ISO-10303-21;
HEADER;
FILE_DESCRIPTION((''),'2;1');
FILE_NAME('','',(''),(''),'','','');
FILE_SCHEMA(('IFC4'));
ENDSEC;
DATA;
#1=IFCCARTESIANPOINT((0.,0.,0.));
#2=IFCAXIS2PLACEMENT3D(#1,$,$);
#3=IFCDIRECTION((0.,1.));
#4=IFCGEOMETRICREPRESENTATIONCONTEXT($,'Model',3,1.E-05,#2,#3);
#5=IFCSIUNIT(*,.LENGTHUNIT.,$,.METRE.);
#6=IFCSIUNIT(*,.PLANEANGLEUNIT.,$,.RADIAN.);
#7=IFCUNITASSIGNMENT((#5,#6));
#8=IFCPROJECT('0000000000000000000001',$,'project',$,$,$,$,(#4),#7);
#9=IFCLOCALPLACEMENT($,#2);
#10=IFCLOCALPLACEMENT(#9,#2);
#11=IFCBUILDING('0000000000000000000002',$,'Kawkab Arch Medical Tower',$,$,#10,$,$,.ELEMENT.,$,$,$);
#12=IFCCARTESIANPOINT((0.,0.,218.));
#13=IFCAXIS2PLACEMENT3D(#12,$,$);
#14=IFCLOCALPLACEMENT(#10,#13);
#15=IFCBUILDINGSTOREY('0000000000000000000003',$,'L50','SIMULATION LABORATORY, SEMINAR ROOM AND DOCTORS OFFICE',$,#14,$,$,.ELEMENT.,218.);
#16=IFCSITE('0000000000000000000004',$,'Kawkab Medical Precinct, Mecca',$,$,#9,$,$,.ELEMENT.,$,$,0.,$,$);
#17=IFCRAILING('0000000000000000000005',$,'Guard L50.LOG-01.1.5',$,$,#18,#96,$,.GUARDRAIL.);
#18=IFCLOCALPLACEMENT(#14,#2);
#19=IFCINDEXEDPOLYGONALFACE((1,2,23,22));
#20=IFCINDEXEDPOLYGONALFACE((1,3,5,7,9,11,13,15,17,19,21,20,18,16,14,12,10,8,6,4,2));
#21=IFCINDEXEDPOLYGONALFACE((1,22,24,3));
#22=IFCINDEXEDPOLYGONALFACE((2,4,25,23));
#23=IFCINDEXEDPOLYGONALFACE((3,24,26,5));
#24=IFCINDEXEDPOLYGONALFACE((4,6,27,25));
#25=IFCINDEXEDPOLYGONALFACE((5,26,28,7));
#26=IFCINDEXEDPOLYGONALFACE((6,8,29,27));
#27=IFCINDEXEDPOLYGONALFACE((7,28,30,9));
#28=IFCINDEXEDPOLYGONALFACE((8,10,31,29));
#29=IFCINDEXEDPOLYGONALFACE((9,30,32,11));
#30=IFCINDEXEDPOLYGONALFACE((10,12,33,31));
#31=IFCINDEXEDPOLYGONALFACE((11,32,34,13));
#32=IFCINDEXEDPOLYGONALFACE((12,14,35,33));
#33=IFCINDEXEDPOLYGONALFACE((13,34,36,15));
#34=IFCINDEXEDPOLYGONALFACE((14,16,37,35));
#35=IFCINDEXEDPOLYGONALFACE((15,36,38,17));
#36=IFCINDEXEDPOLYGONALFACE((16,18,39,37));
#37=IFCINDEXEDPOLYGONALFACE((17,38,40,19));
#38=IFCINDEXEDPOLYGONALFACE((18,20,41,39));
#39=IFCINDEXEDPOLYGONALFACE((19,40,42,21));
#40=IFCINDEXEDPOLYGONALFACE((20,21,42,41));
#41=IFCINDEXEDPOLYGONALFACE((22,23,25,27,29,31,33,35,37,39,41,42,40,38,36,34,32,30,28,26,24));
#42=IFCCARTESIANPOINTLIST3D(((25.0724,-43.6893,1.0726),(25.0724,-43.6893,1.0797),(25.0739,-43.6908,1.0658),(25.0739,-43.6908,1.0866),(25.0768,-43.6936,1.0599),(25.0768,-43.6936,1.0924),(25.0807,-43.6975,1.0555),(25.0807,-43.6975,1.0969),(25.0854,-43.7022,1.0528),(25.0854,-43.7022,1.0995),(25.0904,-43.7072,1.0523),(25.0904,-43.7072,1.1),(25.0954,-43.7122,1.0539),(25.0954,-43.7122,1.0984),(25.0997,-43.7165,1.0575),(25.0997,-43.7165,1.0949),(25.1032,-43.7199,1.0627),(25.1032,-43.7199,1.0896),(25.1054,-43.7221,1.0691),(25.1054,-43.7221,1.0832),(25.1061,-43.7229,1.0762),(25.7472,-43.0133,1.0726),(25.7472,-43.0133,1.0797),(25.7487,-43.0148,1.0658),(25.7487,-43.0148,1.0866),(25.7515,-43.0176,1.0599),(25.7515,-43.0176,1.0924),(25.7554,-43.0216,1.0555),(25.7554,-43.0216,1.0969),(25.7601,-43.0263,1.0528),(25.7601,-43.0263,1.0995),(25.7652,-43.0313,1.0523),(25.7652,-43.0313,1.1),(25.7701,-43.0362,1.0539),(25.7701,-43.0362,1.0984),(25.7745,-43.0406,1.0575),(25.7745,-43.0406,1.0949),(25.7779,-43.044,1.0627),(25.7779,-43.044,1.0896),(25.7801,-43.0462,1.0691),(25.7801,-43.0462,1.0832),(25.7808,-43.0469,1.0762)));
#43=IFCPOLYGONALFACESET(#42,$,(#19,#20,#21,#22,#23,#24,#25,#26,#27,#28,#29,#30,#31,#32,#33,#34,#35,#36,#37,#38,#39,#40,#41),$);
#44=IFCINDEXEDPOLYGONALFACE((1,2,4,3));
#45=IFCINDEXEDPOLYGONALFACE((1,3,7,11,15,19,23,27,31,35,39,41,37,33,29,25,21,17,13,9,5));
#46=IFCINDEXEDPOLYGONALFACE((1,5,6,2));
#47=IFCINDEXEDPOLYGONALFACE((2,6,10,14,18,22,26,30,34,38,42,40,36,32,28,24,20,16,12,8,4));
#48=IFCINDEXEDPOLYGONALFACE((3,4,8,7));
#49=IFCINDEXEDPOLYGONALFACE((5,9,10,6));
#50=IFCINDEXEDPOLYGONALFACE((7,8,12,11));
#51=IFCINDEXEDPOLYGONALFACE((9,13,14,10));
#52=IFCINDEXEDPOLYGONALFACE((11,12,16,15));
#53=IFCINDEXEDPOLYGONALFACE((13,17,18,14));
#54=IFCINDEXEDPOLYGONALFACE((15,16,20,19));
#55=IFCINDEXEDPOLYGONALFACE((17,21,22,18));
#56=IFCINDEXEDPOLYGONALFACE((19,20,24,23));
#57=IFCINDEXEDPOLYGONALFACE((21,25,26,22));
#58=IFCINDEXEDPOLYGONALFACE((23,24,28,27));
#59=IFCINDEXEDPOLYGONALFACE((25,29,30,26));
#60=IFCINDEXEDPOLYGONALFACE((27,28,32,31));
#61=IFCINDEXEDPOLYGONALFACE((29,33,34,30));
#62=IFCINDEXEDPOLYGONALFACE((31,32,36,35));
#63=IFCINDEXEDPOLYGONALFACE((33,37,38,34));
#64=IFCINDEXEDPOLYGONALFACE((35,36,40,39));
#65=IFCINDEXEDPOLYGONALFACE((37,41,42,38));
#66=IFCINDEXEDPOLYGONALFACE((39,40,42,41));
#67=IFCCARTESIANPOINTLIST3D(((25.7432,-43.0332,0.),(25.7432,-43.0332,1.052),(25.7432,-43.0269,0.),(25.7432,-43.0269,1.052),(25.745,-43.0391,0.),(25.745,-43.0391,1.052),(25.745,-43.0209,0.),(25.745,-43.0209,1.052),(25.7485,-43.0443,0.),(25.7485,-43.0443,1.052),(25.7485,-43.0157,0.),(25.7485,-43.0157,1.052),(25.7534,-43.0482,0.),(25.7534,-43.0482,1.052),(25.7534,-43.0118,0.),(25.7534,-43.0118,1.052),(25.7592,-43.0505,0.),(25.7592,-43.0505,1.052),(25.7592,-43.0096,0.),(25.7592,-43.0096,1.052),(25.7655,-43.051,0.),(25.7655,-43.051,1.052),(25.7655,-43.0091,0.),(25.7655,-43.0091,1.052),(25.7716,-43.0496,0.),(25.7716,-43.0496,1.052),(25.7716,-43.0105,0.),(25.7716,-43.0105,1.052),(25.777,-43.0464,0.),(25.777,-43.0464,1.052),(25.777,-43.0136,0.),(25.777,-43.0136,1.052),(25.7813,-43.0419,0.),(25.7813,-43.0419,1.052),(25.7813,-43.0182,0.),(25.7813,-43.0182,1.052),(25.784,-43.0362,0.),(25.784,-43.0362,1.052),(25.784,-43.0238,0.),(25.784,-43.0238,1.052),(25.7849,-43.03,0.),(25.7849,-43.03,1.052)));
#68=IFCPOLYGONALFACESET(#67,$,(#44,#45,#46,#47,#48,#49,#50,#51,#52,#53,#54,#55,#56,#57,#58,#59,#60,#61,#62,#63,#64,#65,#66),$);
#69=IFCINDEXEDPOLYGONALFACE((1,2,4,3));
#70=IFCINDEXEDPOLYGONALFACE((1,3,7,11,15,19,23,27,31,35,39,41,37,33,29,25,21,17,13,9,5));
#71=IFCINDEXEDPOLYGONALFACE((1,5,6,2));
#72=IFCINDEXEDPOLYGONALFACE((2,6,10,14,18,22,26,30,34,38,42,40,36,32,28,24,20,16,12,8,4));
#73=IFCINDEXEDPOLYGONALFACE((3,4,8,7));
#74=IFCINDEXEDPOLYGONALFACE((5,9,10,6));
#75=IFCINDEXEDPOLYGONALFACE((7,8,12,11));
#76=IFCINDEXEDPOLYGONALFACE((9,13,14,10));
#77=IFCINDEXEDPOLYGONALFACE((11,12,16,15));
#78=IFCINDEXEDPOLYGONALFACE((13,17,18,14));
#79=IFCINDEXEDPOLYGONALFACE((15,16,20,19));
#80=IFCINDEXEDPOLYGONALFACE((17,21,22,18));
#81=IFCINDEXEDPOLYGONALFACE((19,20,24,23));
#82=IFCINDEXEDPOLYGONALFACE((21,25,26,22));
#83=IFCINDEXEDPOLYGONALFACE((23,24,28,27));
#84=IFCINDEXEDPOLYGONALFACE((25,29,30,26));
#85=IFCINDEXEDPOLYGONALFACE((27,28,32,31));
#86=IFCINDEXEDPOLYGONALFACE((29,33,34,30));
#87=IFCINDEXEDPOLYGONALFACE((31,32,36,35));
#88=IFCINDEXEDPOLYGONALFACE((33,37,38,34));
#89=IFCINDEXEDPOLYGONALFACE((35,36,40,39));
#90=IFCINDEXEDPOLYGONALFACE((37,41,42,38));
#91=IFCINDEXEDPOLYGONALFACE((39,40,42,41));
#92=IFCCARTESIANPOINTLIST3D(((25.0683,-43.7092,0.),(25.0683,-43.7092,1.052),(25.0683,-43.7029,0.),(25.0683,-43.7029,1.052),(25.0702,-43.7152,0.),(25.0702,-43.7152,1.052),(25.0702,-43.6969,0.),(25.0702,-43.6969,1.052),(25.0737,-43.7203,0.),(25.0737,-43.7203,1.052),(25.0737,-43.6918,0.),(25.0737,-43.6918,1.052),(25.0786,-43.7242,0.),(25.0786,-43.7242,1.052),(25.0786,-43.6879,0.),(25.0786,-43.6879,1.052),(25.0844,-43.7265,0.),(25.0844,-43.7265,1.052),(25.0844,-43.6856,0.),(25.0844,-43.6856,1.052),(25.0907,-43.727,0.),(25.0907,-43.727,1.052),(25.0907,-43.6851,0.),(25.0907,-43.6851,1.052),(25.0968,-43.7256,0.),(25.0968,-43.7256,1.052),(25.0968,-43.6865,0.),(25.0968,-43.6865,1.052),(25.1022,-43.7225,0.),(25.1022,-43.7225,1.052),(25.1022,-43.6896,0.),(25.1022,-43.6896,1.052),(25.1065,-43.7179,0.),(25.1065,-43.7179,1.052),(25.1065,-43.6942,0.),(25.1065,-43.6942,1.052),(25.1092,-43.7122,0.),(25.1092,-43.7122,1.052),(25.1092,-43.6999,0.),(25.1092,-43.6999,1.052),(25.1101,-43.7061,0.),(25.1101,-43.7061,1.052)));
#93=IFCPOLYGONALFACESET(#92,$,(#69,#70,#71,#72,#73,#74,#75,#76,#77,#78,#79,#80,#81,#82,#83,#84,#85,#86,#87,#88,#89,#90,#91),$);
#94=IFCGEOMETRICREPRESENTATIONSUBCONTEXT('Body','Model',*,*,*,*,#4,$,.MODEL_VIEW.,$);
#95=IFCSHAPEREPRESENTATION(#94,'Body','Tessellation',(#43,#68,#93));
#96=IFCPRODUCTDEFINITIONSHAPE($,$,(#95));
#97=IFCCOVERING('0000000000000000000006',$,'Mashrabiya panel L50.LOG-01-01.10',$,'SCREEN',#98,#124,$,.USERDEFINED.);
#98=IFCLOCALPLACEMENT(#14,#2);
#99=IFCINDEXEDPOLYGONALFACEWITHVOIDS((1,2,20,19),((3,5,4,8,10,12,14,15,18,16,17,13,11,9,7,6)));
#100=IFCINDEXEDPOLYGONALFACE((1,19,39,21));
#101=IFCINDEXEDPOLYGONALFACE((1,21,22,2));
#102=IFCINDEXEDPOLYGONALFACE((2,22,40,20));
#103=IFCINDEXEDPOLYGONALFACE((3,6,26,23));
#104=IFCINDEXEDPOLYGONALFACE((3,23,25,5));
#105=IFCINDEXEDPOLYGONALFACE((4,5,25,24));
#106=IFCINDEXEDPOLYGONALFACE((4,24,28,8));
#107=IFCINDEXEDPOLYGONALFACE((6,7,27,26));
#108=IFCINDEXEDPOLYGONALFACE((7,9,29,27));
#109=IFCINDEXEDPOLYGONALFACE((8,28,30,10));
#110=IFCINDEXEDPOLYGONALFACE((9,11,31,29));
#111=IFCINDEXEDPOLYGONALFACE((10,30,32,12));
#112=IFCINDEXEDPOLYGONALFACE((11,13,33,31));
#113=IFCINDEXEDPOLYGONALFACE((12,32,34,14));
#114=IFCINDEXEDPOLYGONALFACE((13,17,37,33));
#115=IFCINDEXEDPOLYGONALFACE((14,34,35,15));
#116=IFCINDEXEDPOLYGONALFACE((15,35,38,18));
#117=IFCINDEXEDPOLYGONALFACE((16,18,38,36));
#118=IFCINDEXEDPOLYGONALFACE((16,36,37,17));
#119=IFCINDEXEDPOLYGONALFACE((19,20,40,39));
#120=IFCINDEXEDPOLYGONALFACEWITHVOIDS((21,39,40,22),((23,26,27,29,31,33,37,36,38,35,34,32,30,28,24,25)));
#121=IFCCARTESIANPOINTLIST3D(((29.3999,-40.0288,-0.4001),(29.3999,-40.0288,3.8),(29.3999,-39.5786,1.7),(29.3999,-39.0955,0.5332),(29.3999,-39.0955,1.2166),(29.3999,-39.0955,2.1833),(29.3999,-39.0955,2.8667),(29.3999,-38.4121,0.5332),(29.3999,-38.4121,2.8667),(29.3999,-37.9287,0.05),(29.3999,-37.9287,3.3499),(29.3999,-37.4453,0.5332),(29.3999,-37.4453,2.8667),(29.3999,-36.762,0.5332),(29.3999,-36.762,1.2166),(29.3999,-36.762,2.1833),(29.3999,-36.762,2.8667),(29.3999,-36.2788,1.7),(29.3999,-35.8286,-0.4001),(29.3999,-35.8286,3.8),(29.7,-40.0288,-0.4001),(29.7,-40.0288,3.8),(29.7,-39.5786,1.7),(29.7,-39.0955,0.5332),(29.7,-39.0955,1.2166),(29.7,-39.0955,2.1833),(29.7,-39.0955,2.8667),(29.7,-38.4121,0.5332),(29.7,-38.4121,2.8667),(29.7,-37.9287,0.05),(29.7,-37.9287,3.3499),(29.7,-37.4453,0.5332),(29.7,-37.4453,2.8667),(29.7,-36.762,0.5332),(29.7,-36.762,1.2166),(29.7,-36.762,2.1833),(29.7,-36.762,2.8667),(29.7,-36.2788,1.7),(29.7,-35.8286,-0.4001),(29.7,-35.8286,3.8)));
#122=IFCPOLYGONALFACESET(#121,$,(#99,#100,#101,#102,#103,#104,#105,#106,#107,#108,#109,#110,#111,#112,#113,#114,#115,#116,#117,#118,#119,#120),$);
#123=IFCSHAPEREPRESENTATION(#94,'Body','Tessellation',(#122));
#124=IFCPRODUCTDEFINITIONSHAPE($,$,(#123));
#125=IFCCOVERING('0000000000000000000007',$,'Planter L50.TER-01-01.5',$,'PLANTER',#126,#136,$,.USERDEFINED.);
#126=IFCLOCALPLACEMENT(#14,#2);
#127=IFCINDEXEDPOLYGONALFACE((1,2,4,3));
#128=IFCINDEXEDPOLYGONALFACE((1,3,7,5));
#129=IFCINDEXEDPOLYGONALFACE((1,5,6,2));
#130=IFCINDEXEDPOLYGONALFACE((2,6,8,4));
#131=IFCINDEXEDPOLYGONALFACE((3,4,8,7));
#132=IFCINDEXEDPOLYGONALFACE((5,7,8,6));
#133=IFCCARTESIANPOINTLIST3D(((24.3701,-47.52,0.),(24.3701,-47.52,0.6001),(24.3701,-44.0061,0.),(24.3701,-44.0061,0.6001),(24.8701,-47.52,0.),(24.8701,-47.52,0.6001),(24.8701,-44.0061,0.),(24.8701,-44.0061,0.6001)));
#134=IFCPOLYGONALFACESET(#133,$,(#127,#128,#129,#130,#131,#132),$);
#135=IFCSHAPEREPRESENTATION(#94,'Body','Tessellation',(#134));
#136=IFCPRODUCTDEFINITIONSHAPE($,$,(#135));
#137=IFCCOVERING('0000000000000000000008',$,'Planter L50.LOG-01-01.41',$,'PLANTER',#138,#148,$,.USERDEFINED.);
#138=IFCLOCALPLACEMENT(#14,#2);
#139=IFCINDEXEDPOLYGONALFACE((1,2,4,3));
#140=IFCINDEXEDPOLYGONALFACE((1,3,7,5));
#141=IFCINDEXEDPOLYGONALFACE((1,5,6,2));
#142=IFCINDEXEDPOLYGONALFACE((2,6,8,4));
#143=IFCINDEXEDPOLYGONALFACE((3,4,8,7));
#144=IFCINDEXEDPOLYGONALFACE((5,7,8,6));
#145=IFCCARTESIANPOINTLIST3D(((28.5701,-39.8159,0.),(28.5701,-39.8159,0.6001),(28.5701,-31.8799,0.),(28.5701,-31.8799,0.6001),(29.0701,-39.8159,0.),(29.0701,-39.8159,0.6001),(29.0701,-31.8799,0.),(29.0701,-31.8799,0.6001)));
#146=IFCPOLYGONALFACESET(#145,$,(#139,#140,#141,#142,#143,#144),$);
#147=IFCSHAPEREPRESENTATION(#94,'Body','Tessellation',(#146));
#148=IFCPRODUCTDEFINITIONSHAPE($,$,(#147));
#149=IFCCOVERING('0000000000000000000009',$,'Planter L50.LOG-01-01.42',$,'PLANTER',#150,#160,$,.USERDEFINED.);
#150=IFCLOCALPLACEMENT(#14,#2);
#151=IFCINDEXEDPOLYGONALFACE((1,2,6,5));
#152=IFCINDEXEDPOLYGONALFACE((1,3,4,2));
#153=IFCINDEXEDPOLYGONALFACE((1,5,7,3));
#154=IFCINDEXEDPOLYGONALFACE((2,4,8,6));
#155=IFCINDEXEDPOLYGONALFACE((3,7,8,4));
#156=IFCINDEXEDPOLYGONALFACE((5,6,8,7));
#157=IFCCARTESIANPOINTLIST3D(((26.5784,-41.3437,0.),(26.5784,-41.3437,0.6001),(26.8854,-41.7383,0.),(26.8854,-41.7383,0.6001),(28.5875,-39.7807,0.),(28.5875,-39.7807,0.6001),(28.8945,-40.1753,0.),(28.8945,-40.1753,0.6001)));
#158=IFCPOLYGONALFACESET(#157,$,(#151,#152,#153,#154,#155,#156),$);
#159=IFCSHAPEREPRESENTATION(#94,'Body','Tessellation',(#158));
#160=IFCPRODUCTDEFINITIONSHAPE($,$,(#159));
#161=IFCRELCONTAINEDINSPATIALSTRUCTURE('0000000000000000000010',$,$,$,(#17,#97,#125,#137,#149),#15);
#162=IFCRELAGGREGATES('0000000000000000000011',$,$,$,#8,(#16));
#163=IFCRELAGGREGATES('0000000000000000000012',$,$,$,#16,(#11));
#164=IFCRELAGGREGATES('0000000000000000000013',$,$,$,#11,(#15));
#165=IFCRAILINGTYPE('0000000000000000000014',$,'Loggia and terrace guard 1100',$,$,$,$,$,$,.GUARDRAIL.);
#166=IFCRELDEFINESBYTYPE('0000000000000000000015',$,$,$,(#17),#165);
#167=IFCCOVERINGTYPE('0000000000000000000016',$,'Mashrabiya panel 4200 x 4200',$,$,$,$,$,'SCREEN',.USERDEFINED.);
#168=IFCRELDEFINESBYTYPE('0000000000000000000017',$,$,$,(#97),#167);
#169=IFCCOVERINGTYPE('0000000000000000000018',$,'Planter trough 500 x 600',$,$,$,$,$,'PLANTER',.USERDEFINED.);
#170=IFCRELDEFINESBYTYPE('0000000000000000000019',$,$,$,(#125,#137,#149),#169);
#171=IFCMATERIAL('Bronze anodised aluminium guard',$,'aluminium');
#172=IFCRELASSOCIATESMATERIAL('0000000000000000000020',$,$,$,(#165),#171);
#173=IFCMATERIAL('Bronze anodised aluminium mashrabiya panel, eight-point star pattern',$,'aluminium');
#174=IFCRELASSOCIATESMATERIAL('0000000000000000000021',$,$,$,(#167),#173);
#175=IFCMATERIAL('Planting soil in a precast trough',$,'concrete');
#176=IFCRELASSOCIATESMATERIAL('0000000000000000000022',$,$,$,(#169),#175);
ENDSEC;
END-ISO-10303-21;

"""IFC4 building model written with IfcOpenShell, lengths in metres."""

from ifc_helpers import new_model, si_unit, direction, frame, origin, origin_2d, place, context, subcontext, project, spatial, polyline, rectangle, circle, outline, extrude, material, material_profile, profile_set, type_object, element, save


model = new_model("IFC4")

# Units and contexts
model_context = context("Model", 3, precision=1e-05, world=origin(), true_north=direction((0.0, 1.0)))
body_context = subcontext(model_context, "Body", "Model", "MODEL_VIEW")
ifc_project = project(units=[si_unit("LENGTHUNIT", "METRE"), si_unit("PLANEANGLEUNIT", "RADIAN")], contexts=[model_context])

# Site, building, storey
site_placement = place(None, origin())
site = spatial("IfcSite", under=ifc_project, at=site_placement, Name="Kawkab Medical Precinct, Mecca", CompositionType="ELEMENT", RefElevation=0.0)
building_placement = place(site_placement, origin())
building = spatial("IfcBuilding", under=site, at=building_placement, Name="Kawkab Arch Medical Tower", CompositionType="ELEMENT")
storey_placement = place(building_placement, frame((0.0, 0.0, 218.0)))
storey = spatial("IfcBuildingStorey", under=building, at=storey_placement, Name="L50", Description="SIMULATION LABORATORY, SEMINAR ROOM AND DOCTORS OFFICE", CompositionType="ELEMENT", Elevation=218.0)

# Railing
ifc_material_1 = material(Name="Bronze anodised aluminium guard", Category="aluminium")
railing_type_1 = type_object("IfcRailingType", Name="Loggia and terrace guard 1100", PredefinedType="GUARDRAIL", material=ifc_material_1)
railing_1_placement = place(storey_placement, frame((25.7639, -43.03, 0.0)))
element("IfcRailing", 1, at=railing_1_placement, inside=storey, type_object=railing_type_1, Name="Guard L50.LOG-01.1.5", PredefinedType="GUARDRAIL", context=body_context, shape_type="SweptSolid", body=[
    extrude(circle(Radius=0.0239, at=origin_2d()), frame((0.0, 0.0, 1.0762), z_axis=(-0.706468, -0.707745, 0.0), x_axis=(0.707745, -0.706468, 0.0)), (0.0, 0.0, 1.0), 0.9551),
    extrude(circle(Radius=0.021, at=origin_2d()), origin(), (0.0, 0.0, 1.0), 1.052),
    extrude(circle(Radius=0.021, at=origin_2d()), frame((-0.6748, -0.676, 0.0)), (0.0, 0.0, 1.0), 1.052),
])

# Coverings
ifc_material_2 = material(Name="Bronze anodised aluminium mashrabiya panel, eight-point star pattern", Category="aluminium")
ifc_material_profile_1 = material_profile(ifc_material_2, outline(polyline([(-2.1001, -2.1001), (2.1001, -2.1001), (2.1001, 2.1001), (-2.1001, 2.1001), (-2.1001, -2.1001)]), holes=[polyline([(1.6499, 0.0), (1.1667, 0.4834), (1.1667, 1.1667), (0.4834, 1.1667), (0.0, 1.6499), (-0.4834, 1.1667), (-1.1667, 1.1667), (-1.1667, 0.4834), (-1.6499, 0.0), (-1.1667, -0.4834), (-1.1667, -1.1667), (-0.4834, -1.1667), (0.0, -1.6499), (0.4834, -1.1667), (1.1667, -1.1667), (1.1667, -0.4834), (1.6499, 0.0)])]), Name="Mashrabiya panel 4200x4200")
ifc_profile_set_1 = profile_set([ifc_material_profile_1], Name="Bronze anodised aluminium mashrabiya panel, eight-point star pattern")
covering_type_1 = type_object("IfcCoveringType", Name="Mashrabiya panel 4200 x 4200", ElementType="SCREEN", PredefinedType="USERDEFINED", material=ifc_profile_set_1)
covering_1_placement = place(storey_placement, frame((29.3999, -37.9287, 1.7), z_axis=(1.0, 0.0, 0.0), x_axis=(0.0, 1.0, 0.0)))
element("IfcCovering", 2, at=covering_1_placement, inside=storey, type_object=covering_type_1, Name="Mashrabiya panel L50.LOG-01-01.10", ObjectType="SCREEN", PredefinedType="USERDEFINED", context=body_context, shape_type="SweptSolid", body=[
    extrude(outline(polyline([(-2.1001, -2.1001), (2.1001, -2.1001), (2.1001, 2.1001), (-2.1001, 2.1001), (-2.1001, -2.1001)]), holes=[polyline([(1.6499, 0.0), (1.1667, 0.4834), (1.1667, 1.1667), (0.4834, 1.1667), (0.0, 1.6499), (-0.4834, 1.1667), (-1.1667, 1.1667), (-1.1667, 0.4834), (-1.6499, 0.0), (-1.1667, -0.4834), (-1.1667, -1.1667), (-0.4834, -1.1667), (0.0, -1.6499), (0.4834, -1.1667), (1.1667, -1.1667), (1.1667, -0.4834), (1.6499, 0.0)])]), origin(), (0.0, 0.0, 1.0), 0.3),
])
ifc_material_3 = material(Name="Planting soil in a precast trough", Category="concrete")
ifc_material_profile_2 = material_profile(ifc_material_3, rectangle(XDim=0.5, YDim=0.6001, at=origin_2d()), Name="Trough 500x600")
ifc_profile_set_2 = profile_set([ifc_material_profile_2], Name="Planting soil in a precast trough")
covering_type_2 = type_object("IfcCoveringType", Name="Planter trough 500 x 600", ElementType="PLANTER", PredefinedType="USERDEFINED", material=ifc_profile_set_2)
covering_2_placement = place(storey_placement, frame((24.6201, -47.52, 0.3), z_axis=(0.0, 1.0, 0.0), x_axis=(-1.0, 0.0, 0.0)))
element("IfcCovering", 3, at=covering_2_placement, inside=storey, type_object=covering_type_2, Name="Planter L50.TER-01-01.5", ObjectType="PLANTER", PredefinedType="USERDEFINED", context=body_context, shape_type="SweptSolid", body=[
    extrude(rectangle(XDim=0.5, YDim=0.6001, at=origin_2d()), origin(), (0.0, 0.0, 1.0), 3.5139),
])
covering_3_placement = place(storey_placement, frame((28.8201, -31.8799, 0.3), z_axis=(0.0, -1.0, 0.0), x_axis=(1.0, 0.0, 0.0)))
element("IfcCovering", 4, at=covering_3_placement, inside=storey, type_object=covering_type_2, Name="Planter L50.LOG-01-01.41", ObjectType="PLANTER", PredefinedType="USERDEFINED", context=body_context, shape_type="SweptSolid", body=[
    extrude(rectangle(XDim=0.5, YDim=0.6001, at=origin_2d()), origin(), (0.0, 0.0, 1.0), 7.936),
])
covering_4_placement = place(storey_placement, frame((28.741, -39.978, 0.3), z_axis=(-0.789275, -0.61404, 0.0), x_axis=(0.61404, -0.789275, 0.0)))
element("IfcCovering", 5, at=covering_4_placement, inside=storey, type_object=covering_type_2, Name="Planter L50.LOG-01-01.42", ObjectType="PLANTER", PredefinedType="USERDEFINED", context=body_context, shape_type="SweptSolid", body=[
    extrude(rectangle(XDim=0.5, YDim=0.6001, at=origin_2d()), origin(), (0.0, 0.0, 1.0), 2.5454),
])

save(model, "model.ifc")
